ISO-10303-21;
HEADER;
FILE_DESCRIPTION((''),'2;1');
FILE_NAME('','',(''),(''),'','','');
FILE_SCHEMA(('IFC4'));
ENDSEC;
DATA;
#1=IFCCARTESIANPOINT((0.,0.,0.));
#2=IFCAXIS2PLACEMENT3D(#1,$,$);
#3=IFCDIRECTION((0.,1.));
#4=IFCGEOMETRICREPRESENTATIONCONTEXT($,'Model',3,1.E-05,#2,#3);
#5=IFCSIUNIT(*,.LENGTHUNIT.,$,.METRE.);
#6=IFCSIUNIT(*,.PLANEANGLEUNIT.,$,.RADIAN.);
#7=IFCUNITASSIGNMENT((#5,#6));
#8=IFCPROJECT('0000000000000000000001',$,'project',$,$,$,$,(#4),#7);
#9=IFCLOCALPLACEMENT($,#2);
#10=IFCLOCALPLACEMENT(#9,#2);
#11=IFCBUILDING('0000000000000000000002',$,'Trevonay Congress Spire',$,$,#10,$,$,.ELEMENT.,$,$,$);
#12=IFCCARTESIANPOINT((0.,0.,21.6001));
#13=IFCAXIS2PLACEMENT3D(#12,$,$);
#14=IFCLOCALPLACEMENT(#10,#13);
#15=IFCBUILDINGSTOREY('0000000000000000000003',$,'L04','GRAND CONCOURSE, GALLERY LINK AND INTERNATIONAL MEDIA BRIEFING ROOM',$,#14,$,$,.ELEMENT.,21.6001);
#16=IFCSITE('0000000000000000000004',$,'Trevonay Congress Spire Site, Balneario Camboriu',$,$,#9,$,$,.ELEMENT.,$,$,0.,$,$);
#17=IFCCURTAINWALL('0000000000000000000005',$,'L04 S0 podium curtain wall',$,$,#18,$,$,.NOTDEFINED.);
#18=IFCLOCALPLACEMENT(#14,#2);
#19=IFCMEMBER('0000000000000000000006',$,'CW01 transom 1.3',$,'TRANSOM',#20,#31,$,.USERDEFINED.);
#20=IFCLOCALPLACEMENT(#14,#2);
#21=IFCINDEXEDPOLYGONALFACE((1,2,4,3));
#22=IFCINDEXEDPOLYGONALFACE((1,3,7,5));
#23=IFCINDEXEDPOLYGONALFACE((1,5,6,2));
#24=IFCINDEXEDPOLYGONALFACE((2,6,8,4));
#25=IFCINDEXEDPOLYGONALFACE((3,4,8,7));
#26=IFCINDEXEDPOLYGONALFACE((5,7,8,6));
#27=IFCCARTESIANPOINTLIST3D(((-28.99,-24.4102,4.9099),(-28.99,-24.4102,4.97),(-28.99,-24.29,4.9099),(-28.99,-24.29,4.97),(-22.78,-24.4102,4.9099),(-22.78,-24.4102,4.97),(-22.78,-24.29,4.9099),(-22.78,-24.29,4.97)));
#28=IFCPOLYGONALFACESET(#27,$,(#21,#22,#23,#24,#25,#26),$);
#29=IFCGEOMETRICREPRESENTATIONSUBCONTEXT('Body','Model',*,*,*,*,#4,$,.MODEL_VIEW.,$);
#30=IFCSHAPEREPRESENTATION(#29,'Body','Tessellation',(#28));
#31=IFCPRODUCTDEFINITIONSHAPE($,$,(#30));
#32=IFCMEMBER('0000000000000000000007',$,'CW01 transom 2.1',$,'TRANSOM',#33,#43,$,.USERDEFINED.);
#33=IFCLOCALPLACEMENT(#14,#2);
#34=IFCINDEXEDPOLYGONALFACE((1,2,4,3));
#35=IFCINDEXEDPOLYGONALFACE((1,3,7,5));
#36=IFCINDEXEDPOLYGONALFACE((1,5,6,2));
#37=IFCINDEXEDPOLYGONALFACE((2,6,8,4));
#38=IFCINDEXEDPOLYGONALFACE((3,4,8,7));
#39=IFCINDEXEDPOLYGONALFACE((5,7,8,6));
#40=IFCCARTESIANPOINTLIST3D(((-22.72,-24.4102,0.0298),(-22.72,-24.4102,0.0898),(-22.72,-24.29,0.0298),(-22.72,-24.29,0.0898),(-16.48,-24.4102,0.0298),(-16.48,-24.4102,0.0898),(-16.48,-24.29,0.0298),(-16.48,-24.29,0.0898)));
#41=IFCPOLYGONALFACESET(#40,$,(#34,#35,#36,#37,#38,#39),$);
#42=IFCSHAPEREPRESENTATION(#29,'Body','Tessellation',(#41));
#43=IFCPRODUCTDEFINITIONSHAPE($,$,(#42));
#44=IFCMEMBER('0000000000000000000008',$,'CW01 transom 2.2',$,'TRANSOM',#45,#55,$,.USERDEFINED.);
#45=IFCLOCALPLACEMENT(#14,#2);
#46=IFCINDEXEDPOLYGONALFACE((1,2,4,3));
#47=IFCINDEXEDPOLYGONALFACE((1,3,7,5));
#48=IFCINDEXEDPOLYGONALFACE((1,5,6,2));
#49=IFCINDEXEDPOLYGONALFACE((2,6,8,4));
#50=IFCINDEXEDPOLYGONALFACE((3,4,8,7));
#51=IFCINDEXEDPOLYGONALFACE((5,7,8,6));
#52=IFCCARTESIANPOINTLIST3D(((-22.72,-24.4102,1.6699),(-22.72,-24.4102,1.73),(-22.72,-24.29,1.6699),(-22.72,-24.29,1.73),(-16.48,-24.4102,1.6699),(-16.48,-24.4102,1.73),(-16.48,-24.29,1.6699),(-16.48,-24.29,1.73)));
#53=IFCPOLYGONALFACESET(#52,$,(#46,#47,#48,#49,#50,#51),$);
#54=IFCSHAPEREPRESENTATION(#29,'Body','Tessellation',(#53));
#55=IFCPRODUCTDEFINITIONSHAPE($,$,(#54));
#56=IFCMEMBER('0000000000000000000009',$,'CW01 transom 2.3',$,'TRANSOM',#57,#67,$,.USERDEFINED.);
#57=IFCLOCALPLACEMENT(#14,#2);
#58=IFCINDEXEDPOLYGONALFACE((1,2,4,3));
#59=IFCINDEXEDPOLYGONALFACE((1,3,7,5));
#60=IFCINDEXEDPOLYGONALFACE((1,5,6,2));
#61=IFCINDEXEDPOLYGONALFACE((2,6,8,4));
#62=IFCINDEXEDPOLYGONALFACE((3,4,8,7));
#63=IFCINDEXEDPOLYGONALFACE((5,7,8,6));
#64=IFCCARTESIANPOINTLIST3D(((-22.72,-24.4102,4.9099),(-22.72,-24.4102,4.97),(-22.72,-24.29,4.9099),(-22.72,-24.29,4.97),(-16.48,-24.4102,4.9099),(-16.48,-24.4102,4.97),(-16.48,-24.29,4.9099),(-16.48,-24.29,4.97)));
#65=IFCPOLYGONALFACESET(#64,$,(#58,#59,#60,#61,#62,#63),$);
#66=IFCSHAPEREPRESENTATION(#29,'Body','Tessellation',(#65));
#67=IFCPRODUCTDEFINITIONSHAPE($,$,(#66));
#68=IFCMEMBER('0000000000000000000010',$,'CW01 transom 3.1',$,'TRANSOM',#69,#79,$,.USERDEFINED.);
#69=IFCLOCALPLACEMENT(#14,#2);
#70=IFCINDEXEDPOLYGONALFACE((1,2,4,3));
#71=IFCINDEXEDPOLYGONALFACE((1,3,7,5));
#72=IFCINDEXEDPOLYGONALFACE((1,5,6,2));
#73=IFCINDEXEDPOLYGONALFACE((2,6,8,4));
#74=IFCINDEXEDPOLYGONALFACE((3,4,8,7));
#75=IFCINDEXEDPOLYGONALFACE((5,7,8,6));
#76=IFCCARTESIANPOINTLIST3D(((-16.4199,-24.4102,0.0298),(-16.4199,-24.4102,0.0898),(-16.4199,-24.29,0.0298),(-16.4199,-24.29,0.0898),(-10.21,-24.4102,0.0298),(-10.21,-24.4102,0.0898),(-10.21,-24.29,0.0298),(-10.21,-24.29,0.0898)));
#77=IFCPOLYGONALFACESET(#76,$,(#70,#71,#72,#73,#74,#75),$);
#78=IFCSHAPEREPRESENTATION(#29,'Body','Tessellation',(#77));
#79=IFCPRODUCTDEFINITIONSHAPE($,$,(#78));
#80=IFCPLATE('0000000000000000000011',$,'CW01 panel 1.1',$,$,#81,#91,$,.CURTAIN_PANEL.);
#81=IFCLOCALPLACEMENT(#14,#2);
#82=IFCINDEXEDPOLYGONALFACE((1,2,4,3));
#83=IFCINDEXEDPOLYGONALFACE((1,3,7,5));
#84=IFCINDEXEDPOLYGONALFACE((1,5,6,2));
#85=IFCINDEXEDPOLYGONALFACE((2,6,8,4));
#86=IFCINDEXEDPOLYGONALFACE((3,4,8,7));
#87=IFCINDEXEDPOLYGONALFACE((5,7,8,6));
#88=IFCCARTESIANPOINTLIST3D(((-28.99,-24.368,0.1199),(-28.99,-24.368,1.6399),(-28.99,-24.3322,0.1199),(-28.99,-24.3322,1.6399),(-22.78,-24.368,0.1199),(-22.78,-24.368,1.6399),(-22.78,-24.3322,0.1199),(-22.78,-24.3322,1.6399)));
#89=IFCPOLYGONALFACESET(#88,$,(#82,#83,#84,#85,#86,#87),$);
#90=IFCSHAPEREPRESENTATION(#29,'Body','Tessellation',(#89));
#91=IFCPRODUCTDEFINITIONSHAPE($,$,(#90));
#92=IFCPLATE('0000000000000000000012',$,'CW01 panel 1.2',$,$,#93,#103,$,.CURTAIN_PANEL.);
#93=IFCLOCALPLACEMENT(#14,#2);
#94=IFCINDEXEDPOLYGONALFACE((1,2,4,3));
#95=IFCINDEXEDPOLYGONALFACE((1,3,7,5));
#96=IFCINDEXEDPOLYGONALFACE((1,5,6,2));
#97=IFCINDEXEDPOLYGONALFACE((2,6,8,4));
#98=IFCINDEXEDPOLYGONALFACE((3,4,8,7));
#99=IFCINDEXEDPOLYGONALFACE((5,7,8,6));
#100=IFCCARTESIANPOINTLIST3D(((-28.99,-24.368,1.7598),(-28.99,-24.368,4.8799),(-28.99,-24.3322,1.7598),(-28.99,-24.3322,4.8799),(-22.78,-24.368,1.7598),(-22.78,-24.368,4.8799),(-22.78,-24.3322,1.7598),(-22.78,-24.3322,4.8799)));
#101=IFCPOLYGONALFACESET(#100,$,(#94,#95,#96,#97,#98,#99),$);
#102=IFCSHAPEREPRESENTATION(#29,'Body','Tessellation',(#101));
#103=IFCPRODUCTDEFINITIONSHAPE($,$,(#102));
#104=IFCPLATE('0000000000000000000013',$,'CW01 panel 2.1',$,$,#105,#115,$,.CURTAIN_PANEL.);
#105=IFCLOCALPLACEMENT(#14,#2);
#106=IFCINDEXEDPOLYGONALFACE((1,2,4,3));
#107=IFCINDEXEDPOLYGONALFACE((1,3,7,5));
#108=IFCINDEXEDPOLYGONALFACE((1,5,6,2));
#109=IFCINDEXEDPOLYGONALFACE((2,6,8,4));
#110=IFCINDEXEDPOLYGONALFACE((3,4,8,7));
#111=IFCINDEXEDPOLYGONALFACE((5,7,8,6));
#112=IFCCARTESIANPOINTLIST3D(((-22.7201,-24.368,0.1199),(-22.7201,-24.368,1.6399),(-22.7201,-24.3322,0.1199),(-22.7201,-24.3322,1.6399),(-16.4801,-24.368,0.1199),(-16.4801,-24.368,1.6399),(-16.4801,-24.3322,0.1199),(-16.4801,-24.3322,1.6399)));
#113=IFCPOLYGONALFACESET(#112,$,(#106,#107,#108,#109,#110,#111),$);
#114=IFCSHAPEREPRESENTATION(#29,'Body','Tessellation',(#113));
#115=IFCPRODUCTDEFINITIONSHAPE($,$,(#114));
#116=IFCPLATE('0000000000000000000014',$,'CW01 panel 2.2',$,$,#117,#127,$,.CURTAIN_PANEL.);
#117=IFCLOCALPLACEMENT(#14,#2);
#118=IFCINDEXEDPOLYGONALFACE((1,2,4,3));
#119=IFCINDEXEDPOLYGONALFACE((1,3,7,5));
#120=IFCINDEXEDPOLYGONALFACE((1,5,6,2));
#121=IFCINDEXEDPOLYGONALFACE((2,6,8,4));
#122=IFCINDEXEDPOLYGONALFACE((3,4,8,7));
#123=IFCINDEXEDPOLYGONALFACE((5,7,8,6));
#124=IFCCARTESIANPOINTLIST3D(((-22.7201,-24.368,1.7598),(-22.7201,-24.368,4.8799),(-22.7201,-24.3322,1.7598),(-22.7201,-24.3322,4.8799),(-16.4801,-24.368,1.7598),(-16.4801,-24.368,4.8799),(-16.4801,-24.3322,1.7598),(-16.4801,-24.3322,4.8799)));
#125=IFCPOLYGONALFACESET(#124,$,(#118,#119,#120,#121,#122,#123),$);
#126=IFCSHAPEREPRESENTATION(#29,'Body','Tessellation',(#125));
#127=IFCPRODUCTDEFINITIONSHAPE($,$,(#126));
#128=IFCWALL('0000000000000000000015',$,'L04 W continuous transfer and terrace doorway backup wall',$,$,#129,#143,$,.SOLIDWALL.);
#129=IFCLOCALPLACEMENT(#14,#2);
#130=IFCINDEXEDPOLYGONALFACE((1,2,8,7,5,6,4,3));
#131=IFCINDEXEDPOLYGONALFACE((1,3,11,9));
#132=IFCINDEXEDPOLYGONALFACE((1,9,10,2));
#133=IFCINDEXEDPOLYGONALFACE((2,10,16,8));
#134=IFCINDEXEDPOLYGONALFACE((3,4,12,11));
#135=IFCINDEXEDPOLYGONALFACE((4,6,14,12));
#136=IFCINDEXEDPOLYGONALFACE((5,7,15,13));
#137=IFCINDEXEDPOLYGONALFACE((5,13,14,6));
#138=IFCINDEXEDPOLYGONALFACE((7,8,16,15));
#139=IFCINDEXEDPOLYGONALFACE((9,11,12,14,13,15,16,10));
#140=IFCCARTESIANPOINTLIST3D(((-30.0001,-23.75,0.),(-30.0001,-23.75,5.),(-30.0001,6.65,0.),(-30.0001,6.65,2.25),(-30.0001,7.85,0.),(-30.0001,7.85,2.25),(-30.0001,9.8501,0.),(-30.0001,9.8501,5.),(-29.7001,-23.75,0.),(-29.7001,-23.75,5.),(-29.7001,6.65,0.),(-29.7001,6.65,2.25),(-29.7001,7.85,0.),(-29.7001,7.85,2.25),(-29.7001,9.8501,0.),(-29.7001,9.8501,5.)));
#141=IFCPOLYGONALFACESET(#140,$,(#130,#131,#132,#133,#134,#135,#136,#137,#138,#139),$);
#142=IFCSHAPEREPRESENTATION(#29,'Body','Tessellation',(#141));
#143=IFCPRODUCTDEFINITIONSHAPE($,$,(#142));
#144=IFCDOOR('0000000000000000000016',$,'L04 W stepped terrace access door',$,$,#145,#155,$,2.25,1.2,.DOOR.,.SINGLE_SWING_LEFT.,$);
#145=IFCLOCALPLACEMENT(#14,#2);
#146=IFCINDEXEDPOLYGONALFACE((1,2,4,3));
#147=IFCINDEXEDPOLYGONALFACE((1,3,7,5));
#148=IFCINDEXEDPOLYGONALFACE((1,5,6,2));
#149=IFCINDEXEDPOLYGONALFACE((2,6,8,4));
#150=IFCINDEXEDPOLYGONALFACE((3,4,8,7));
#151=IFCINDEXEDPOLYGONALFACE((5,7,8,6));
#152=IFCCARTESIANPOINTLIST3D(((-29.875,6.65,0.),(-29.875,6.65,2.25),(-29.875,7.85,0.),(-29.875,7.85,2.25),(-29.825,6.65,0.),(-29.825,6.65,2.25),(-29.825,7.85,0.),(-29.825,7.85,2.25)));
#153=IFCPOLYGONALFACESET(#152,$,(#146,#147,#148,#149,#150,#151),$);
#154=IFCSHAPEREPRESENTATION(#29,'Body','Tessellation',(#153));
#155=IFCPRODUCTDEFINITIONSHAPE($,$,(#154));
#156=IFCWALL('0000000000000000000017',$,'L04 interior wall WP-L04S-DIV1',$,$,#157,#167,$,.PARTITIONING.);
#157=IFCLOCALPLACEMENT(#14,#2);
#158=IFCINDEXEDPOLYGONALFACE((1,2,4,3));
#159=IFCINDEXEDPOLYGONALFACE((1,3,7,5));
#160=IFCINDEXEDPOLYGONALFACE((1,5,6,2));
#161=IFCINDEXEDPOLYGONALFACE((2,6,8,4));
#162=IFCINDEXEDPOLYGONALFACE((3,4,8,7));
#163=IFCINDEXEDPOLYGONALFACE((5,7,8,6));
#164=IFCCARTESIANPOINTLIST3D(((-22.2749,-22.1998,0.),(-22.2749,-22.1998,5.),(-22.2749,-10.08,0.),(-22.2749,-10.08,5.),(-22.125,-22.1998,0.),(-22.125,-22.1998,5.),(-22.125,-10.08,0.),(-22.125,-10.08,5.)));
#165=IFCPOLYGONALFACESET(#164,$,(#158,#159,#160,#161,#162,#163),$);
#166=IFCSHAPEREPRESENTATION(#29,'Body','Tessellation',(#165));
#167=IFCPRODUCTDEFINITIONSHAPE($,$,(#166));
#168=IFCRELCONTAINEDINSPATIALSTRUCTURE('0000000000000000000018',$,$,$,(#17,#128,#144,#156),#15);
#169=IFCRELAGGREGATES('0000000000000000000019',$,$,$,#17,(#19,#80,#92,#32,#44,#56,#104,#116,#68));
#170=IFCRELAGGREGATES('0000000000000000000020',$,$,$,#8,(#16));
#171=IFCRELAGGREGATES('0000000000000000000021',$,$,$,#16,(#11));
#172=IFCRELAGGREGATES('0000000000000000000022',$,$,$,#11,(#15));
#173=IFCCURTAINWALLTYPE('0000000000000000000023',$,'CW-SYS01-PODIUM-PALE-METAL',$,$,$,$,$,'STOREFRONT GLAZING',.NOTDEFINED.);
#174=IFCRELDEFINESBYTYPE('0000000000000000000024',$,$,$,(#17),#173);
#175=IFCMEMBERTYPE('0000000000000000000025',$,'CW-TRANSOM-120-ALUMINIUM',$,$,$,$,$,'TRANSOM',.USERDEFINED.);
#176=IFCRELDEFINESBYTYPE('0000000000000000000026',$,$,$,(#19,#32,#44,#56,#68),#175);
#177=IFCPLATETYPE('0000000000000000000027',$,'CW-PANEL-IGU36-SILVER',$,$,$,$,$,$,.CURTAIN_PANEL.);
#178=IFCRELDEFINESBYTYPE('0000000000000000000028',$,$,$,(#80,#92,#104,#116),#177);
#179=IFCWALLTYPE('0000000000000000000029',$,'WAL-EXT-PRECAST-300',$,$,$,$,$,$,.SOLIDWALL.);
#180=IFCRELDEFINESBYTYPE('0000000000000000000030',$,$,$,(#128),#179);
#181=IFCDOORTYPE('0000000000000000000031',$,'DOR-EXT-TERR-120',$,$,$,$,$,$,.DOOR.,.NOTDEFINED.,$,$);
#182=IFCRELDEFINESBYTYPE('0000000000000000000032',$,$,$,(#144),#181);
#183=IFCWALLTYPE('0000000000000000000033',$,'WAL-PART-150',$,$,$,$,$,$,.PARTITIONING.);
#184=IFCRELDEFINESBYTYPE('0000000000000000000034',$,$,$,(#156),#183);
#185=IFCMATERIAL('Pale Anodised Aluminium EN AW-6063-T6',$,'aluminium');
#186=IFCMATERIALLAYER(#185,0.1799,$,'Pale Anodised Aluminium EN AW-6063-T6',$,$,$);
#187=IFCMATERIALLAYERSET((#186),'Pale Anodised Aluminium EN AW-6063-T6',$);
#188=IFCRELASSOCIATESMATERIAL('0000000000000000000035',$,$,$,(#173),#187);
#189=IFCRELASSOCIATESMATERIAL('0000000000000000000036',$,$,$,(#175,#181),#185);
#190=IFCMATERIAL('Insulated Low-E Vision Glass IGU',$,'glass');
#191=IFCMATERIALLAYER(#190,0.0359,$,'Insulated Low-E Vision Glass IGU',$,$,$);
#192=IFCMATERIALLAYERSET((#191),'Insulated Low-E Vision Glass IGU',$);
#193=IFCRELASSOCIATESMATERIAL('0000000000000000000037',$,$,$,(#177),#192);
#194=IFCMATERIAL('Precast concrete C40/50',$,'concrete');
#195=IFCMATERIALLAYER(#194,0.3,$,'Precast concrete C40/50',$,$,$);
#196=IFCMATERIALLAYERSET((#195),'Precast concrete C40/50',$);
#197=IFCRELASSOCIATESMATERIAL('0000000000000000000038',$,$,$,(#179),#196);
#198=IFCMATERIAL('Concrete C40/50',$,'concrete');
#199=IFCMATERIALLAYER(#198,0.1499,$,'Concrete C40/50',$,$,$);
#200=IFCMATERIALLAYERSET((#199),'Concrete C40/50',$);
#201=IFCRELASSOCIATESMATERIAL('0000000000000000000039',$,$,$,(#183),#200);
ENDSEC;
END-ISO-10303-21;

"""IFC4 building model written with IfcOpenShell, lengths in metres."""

from ifc_helpers import new_model, si_unit, direction, frame, frame_2d, origin, origin_2d, place, context, subcontext, project, spatial, rectangle, extrude, material, layer, layer_set, material_profile, profile_set, type_object, element, fill, aggregate, save


model = new_model("IFC4")

# Units and contexts
model_context = context("Model", 3, precision=1e-05, world=origin(), true_north=direction((0.0, 1.0)))
body_context = subcontext(model_context, "Body", "Model", "MODEL_VIEW")
ifc_project = project(units=[si_unit("LENGTHUNIT", "METRE"), si_unit("PLANEANGLEUNIT", "RADIAN")], contexts=[model_context])

# Site, building, storey
site_placement = place(None, origin())
site = spatial("IfcSite", under=ifc_project, at=site_placement, Name="Trevonay Congress Spire Site, Balneario Camboriu", CompositionType="ELEMENT", RefElevation=0.0)
building_placement = place(site_placement, origin())
building = spatial("IfcBuilding", under=site, at=building_placement, Name="Trevonay Congress Spire", CompositionType="ELEMENT")
storey_placement = place(building_placement, frame((0.0, 0.0, 21.6001)))
storey = spatial("IfcBuildingStorey", under=building, at=storey_placement, Name="L04", Description="GRAND CONCOURSE, GALLERY LINK AND INTERNATIONAL MEDIA BRIEFING ROOM", CompositionType="ELEMENT", Elevation=21.6001)

# Curtain wall, members, plates
ifc_material_1 = material(Name="Pale Anodised Aluminium EN AW-6063-T6", Category="aluminium")
ifc_layer_1 = layer(ifc_material_1, 0.1799, Name="Pale Anodised Aluminium EN AW-6063-T6")
ifc_layer_set_1 = layer_set([ifc_layer_1], Name="Pale Anodised Aluminium EN AW-6063-T6")
curtain_wall_type = type_object("IfcCurtainWallType", Name="CW-SYS01-PODIUM-PALE-METAL", ElementType="STOREFRONT GLAZING", PredefinedType="NOTDEFINED", material=ifc_layer_set_1)
curtain_wall_placement = place(storey_placement, origin())
curtain_wall = element("IfcCurtainWall", 1, at=curtain_wall_placement, inside=storey, type_object=curtain_wall_type, Name="L04 S0 podium curtain wall", PredefinedType="NOTDEFINED")
ifc_material_profile_1 = material_profile(ifc_material_1, rectangle(XDim=0.1201, YDim=0.0601, at=origin_2d()), Name="CW-TRANSOM-120-ALUMINIUM")
ifc_profile_set_1 = profile_set([ifc_material_profile_1], Name="Pale Anodised Aluminium EN AW-6063-T6")
member_type_1 = type_object("IfcMemberType", Name="CW-TRANSOM-120-ALUMINIUM", ElementType="TRANSOM", PredefinedType="USERDEFINED", material=ifc_profile_set_1)
member_1_placement = place(storey_placement, frame((-28.99, -24.3501, 4.9399), z_axis=(1.0, 0.0, 0.0), x_axis=(0.0, 1.0, 0.0)))
member_1 = element("IfcMember", 2, at=member_1_placement, type_object=member_type_1, Name="CW01 transom 1.3", ObjectType="TRANSOM", PredefinedType="USERDEFINED", context=body_context, shape_type="SweptSolid", body=[
    extrude(rectangle(XDim=0.1201, YDim=0.0601, at=origin_2d()), origin(), (0.0, 0.0, 1.0), 6.21),
])
member_2_placement = place(storey_placement, frame((-22.72, -24.3501, 0.0598), z_axis=(1.0, 0.0, 0.0), x_axis=(0.0, 1.0, 0.0)))
member_2 = element("IfcMember", 3, at=member_2_placement, type_object=member_type_1, Name="CW01 transom 2.1", ObjectType="TRANSOM", PredefinedType="USERDEFINED", context=body_context, shape_type="SweptSolid", body=[
    extrude(rectangle(XDim=0.1201, YDim=0.0601, at=origin_2d()), origin(), (0.0, 0.0, 1.0), 6.24),
])
member_3_placement = place(storey_placement, frame((-22.72, -24.3501, 1.7), z_axis=(1.0, 0.0, 0.0), x_axis=(0.0, 1.0, 0.0)))
member_3 = element("IfcMember", 4, at=member_3_placement, type_object=member_type_1, Name="CW01 transom 2.2", ObjectType="TRANSOM", PredefinedType="USERDEFINED", context=body_context, shape_type="SweptSolid", body=[
    extrude(rectangle(XDim=0.1201, YDim=0.0601, at=origin_2d()), origin(), (0.0, 0.0, 1.0), 6.24),
])
member_4_placement = place(storey_placement, frame((-22.72, -24.3501, 4.9399), z_axis=(1.0, 0.0, 0.0), x_axis=(0.0, 1.0, 0.0)))
member_4 = element("IfcMember", 5, at=member_4_placement, type_object=member_type_1, Name="CW01 transom 2.3", ObjectType="TRANSOM", PredefinedType="USERDEFINED", context=body_context, shape_type="SweptSolid", body=[
    extrude(rectangle(XDim=0.1201, YDim=0.0601, at=origin_2d()), origin(), (0.0, 0.0, 1.0), 6.24),
])
member_5_placement = place(storey_placement, frame((-16.4199, -24.3501, 0.0598), z_axis=(1.0, 0.0, 0.0), x_axis=(0.0, 1.0, 0.0)))
member_5 = element("IfcMember", 6, at=member_5_placement, type_object=member_type_1, Name="CW01 transom 3.1", ObjectType="TRANSOM", PredefinedType="USERDEFINED", context=body_context, shape_type="SweptSolid", body=[
    extrude(rectangle(XDim=0.1201, YDim=0.0601, at=origin_2d()), origin(), (0.0, 0.0, 1.0), 6.21),
])
ifc_material_2 = material(Name="Insulated Low-E Vision Glass IGU", Category="glass")
ifc_layer_2 = layer(ifc_material_2, 0.0359, Name="Insulated Low-E Vision Glass IGU")
ifc_layer_set_2 = layer_set([ifc_layer_2], Name="Insulated Low-E Vision Glass IGU")
plate_type = type_object("IfcPlateType", Name="CW-PANEL-IGU36-SILVER", PredefinedType="CURTAIN_PANEL", material=ifc_layer_set_2)
plate_1_placement = place(storey_placement, frame((-25.885, -24.3501, 0.1199), z_axis=(0.0, 0.0, 1.0), x_axis=(1.0, 0.0, 0.0)))
plate_1 = element("IfcPlate", 7, at=plate_1_placement, type_object=plate_type, Name="CW01 panel 1.1", PredefinedType="CURTAIN_PANEL", context=body_context, shape_type="SweptSolid", body=[
    extrude(rectangle(XDim=6.21, YDim=0.0359, at=origin_2d()), origin(), (0.0, 0.0, 1.0), 1.52),
])
plate_2_placement = place(storey_placement, frame((-25.885, -24.3501, 1.7598), z_axis=(0.0, 0.0, 1.0), x_axis=(1.0, 0.0, 0.0)))
plate_2 = element("IfcPlate", 8, at=plate_2_placement, type_object=plate_type, Name="CW01 panel 1.2", PredefinedType="CURTAIN_PANEL", context=body_context, shape_type="SweptSolid", body=[
    extrude(rectangle(XDim=6.21, YDim=0.0359, at=origin_2d()), origin(), (0.0, 0.0, 1.0), 3.1201),
])
plate_3_placement = place(storey_placement, frame((-19.6001, -24.3501, 0.1199), z_axis=(0.0, 0.0, 1.0), x_axis=(1.0, 0.0, 0.0)))
plate_3 = element("IfcPlate", 9, at=plate_3_placement, type_object=plate_type, Name="CW01 panel 2.1", PredefinedType="CURTAIN_PANEL", context=body_context, shape_type="SweptSolid", body=[
    extrude(rectangle(XDim=6.24, YDim=0.0359, at=origin_2d()), origin(), (0.0, 0.0, 1.0), 1.52),
])
plate_4_placement = place(storey_placement, frame((-19.6001, -24.3501, 1.7598), z_axis=(0.0, 0.0, 1.0), x_axis=(1.0, 0.0, 0.0)))
plate_4 = element("IfcPlate", 10, at=plate_4_placement, type_object=plate_type, Name="CW01 panel 2.2", PredefinedType="CURTAIN_PANEL", context=body_context, shape_type="SweptSolid", body=[
    extrude(rectangle(XDim=6.24, YDim=0.0359, at=origin_2d()), origin(), (0.0, 0.0, 1.0), 3.1201),
])
aggregate(curtain_wall, [member_1, plate_1, plate_2, member_2, member_3, member_4, plate_3, plate_4, member_5])

# Wall, opening, door
ifc_material_3 = material(Name="Precast concrete C40/50", Category="concrete")
ifc_layer_3 = layer(ifc_material_3, 0.3, Name="Precast concrete C40/50")
ifc_layer_set_3 = layer_set([ifc_layer_3], Name="Precast concrete C40/50")
wall_type_1 = type_object("IfcWallType", Name="WAL-EXT-PRECAST-300", PredefinedType="SOLIDWALL", material=ifc_layer_set_3)
wall_1_placement = place(storey_placement, frame((-29.8501, -23.75, 0.0), z_axis=(0.0, 0.0, 1.0), x_axis=(0.0, 1.0, 0.0)))
wall_1 = element("IfcWall", 11, at=wall_1_placement, inside=storey, type_object=wall_type_1, Name="L04 W continuous transfer and terrace doorway backup wall", PredefinedType="SOLIDWALL", context=body_context, shape_type="SweptSolid", body=[
    extrude(rectangle(XDim=33.6001, YDim=0.3, at=frame_2d((16.8, 0.0))), origin(), (0.0, 0.0, 1.0), 5.0),
])
opening_1_placement = place(wall_1_placement, frame((30.3999, 0.0, 0.0)))
opening_1 = element("IfcOpeningElement", 12, at=opening_1_placement, cuts=wall_1, PredefinedType="OPENING", context=body_context, shape_type="SweptSolid", body=[
    extrude(rectangle(XDim=1.2, YDim=2.25, at=frame_2d((0.6001, 1.125))), frame((0.0, 0.1602, 0.0), z_axis=(0.0, -1.0, 0.0), x_axis=(1.0, 0.0, 0.0)), (0.0, 0.0, 1.0), 0.3201),
])
door_type_1 = type_object("IfcDoorType", Name="DOR-EXT-TERR-120", OperationType="NOTDEFINED", PredefinedType="DOOR", material=ifc_material_1)
door_1_placement = place(opening_1_placement, origin())
door_1 = element("IfcDoor", 13, at=door_1_placement, inside=storey, type_object=door_type_1, Name="L04 W stepped terrace access door", OperationType="SINGLE_SWING_LEFT", OverallHeight=2.25, OverallWidth=1.2, PredefinedType="DOOR", context=body_context, shape_type="SweptSolid", body=[
    extrude(rectangle(XDim=1.2, YDim=2.25, at=frame_2d((0.6001, 1.125))), frame((0.0, 0.0249, 0.0), z_axis=(0.0, -1.0, 0.0), x_axis=(1.0, 0.0, 0.0)), (0.0, 0.0, 1.0), 0.05),
])
fill(opening_1, door_1)

# Wall
ifc_material_4 = material(Name="Concrete C40/50", Category="concrete")
ifc_layer_4 = layer(ifc_material_4, 0.1499, Name="Concrete C40/50")
ifc_layer_set_4 = layer_set([ifc_layer_4], Name="Concrete C40/50")
wall_type_2 = type_object("IfcWallType", Name="WAL-PART-150", PredefinedType="PARTITIONING", material=ifc_layer_set_4)
wall_2_placement = place(storey_placement, frame((-22.2, -22.2, 0.0), z_axis=(0.0, 0.0, 1.0), x_axis=(0.0, 1.0, 0.0)))
element("IfcWall", 14, at=wall_2_placement, inside=storey, type_object=wall_type_2, Name="L04 interior wall WP-L04S-DIV1", PredefinedType="PARTITIONING", context=body_context, shape_type="SweptSolid", body=[
    extrude(rectangle(XDim=12.1199, YDim=0.1499, at=frame_2d((6.0601, 0.0))), origin(), (0.0, 0.0, 1.0), 5.0),
])

save(model, "model.ifc")
